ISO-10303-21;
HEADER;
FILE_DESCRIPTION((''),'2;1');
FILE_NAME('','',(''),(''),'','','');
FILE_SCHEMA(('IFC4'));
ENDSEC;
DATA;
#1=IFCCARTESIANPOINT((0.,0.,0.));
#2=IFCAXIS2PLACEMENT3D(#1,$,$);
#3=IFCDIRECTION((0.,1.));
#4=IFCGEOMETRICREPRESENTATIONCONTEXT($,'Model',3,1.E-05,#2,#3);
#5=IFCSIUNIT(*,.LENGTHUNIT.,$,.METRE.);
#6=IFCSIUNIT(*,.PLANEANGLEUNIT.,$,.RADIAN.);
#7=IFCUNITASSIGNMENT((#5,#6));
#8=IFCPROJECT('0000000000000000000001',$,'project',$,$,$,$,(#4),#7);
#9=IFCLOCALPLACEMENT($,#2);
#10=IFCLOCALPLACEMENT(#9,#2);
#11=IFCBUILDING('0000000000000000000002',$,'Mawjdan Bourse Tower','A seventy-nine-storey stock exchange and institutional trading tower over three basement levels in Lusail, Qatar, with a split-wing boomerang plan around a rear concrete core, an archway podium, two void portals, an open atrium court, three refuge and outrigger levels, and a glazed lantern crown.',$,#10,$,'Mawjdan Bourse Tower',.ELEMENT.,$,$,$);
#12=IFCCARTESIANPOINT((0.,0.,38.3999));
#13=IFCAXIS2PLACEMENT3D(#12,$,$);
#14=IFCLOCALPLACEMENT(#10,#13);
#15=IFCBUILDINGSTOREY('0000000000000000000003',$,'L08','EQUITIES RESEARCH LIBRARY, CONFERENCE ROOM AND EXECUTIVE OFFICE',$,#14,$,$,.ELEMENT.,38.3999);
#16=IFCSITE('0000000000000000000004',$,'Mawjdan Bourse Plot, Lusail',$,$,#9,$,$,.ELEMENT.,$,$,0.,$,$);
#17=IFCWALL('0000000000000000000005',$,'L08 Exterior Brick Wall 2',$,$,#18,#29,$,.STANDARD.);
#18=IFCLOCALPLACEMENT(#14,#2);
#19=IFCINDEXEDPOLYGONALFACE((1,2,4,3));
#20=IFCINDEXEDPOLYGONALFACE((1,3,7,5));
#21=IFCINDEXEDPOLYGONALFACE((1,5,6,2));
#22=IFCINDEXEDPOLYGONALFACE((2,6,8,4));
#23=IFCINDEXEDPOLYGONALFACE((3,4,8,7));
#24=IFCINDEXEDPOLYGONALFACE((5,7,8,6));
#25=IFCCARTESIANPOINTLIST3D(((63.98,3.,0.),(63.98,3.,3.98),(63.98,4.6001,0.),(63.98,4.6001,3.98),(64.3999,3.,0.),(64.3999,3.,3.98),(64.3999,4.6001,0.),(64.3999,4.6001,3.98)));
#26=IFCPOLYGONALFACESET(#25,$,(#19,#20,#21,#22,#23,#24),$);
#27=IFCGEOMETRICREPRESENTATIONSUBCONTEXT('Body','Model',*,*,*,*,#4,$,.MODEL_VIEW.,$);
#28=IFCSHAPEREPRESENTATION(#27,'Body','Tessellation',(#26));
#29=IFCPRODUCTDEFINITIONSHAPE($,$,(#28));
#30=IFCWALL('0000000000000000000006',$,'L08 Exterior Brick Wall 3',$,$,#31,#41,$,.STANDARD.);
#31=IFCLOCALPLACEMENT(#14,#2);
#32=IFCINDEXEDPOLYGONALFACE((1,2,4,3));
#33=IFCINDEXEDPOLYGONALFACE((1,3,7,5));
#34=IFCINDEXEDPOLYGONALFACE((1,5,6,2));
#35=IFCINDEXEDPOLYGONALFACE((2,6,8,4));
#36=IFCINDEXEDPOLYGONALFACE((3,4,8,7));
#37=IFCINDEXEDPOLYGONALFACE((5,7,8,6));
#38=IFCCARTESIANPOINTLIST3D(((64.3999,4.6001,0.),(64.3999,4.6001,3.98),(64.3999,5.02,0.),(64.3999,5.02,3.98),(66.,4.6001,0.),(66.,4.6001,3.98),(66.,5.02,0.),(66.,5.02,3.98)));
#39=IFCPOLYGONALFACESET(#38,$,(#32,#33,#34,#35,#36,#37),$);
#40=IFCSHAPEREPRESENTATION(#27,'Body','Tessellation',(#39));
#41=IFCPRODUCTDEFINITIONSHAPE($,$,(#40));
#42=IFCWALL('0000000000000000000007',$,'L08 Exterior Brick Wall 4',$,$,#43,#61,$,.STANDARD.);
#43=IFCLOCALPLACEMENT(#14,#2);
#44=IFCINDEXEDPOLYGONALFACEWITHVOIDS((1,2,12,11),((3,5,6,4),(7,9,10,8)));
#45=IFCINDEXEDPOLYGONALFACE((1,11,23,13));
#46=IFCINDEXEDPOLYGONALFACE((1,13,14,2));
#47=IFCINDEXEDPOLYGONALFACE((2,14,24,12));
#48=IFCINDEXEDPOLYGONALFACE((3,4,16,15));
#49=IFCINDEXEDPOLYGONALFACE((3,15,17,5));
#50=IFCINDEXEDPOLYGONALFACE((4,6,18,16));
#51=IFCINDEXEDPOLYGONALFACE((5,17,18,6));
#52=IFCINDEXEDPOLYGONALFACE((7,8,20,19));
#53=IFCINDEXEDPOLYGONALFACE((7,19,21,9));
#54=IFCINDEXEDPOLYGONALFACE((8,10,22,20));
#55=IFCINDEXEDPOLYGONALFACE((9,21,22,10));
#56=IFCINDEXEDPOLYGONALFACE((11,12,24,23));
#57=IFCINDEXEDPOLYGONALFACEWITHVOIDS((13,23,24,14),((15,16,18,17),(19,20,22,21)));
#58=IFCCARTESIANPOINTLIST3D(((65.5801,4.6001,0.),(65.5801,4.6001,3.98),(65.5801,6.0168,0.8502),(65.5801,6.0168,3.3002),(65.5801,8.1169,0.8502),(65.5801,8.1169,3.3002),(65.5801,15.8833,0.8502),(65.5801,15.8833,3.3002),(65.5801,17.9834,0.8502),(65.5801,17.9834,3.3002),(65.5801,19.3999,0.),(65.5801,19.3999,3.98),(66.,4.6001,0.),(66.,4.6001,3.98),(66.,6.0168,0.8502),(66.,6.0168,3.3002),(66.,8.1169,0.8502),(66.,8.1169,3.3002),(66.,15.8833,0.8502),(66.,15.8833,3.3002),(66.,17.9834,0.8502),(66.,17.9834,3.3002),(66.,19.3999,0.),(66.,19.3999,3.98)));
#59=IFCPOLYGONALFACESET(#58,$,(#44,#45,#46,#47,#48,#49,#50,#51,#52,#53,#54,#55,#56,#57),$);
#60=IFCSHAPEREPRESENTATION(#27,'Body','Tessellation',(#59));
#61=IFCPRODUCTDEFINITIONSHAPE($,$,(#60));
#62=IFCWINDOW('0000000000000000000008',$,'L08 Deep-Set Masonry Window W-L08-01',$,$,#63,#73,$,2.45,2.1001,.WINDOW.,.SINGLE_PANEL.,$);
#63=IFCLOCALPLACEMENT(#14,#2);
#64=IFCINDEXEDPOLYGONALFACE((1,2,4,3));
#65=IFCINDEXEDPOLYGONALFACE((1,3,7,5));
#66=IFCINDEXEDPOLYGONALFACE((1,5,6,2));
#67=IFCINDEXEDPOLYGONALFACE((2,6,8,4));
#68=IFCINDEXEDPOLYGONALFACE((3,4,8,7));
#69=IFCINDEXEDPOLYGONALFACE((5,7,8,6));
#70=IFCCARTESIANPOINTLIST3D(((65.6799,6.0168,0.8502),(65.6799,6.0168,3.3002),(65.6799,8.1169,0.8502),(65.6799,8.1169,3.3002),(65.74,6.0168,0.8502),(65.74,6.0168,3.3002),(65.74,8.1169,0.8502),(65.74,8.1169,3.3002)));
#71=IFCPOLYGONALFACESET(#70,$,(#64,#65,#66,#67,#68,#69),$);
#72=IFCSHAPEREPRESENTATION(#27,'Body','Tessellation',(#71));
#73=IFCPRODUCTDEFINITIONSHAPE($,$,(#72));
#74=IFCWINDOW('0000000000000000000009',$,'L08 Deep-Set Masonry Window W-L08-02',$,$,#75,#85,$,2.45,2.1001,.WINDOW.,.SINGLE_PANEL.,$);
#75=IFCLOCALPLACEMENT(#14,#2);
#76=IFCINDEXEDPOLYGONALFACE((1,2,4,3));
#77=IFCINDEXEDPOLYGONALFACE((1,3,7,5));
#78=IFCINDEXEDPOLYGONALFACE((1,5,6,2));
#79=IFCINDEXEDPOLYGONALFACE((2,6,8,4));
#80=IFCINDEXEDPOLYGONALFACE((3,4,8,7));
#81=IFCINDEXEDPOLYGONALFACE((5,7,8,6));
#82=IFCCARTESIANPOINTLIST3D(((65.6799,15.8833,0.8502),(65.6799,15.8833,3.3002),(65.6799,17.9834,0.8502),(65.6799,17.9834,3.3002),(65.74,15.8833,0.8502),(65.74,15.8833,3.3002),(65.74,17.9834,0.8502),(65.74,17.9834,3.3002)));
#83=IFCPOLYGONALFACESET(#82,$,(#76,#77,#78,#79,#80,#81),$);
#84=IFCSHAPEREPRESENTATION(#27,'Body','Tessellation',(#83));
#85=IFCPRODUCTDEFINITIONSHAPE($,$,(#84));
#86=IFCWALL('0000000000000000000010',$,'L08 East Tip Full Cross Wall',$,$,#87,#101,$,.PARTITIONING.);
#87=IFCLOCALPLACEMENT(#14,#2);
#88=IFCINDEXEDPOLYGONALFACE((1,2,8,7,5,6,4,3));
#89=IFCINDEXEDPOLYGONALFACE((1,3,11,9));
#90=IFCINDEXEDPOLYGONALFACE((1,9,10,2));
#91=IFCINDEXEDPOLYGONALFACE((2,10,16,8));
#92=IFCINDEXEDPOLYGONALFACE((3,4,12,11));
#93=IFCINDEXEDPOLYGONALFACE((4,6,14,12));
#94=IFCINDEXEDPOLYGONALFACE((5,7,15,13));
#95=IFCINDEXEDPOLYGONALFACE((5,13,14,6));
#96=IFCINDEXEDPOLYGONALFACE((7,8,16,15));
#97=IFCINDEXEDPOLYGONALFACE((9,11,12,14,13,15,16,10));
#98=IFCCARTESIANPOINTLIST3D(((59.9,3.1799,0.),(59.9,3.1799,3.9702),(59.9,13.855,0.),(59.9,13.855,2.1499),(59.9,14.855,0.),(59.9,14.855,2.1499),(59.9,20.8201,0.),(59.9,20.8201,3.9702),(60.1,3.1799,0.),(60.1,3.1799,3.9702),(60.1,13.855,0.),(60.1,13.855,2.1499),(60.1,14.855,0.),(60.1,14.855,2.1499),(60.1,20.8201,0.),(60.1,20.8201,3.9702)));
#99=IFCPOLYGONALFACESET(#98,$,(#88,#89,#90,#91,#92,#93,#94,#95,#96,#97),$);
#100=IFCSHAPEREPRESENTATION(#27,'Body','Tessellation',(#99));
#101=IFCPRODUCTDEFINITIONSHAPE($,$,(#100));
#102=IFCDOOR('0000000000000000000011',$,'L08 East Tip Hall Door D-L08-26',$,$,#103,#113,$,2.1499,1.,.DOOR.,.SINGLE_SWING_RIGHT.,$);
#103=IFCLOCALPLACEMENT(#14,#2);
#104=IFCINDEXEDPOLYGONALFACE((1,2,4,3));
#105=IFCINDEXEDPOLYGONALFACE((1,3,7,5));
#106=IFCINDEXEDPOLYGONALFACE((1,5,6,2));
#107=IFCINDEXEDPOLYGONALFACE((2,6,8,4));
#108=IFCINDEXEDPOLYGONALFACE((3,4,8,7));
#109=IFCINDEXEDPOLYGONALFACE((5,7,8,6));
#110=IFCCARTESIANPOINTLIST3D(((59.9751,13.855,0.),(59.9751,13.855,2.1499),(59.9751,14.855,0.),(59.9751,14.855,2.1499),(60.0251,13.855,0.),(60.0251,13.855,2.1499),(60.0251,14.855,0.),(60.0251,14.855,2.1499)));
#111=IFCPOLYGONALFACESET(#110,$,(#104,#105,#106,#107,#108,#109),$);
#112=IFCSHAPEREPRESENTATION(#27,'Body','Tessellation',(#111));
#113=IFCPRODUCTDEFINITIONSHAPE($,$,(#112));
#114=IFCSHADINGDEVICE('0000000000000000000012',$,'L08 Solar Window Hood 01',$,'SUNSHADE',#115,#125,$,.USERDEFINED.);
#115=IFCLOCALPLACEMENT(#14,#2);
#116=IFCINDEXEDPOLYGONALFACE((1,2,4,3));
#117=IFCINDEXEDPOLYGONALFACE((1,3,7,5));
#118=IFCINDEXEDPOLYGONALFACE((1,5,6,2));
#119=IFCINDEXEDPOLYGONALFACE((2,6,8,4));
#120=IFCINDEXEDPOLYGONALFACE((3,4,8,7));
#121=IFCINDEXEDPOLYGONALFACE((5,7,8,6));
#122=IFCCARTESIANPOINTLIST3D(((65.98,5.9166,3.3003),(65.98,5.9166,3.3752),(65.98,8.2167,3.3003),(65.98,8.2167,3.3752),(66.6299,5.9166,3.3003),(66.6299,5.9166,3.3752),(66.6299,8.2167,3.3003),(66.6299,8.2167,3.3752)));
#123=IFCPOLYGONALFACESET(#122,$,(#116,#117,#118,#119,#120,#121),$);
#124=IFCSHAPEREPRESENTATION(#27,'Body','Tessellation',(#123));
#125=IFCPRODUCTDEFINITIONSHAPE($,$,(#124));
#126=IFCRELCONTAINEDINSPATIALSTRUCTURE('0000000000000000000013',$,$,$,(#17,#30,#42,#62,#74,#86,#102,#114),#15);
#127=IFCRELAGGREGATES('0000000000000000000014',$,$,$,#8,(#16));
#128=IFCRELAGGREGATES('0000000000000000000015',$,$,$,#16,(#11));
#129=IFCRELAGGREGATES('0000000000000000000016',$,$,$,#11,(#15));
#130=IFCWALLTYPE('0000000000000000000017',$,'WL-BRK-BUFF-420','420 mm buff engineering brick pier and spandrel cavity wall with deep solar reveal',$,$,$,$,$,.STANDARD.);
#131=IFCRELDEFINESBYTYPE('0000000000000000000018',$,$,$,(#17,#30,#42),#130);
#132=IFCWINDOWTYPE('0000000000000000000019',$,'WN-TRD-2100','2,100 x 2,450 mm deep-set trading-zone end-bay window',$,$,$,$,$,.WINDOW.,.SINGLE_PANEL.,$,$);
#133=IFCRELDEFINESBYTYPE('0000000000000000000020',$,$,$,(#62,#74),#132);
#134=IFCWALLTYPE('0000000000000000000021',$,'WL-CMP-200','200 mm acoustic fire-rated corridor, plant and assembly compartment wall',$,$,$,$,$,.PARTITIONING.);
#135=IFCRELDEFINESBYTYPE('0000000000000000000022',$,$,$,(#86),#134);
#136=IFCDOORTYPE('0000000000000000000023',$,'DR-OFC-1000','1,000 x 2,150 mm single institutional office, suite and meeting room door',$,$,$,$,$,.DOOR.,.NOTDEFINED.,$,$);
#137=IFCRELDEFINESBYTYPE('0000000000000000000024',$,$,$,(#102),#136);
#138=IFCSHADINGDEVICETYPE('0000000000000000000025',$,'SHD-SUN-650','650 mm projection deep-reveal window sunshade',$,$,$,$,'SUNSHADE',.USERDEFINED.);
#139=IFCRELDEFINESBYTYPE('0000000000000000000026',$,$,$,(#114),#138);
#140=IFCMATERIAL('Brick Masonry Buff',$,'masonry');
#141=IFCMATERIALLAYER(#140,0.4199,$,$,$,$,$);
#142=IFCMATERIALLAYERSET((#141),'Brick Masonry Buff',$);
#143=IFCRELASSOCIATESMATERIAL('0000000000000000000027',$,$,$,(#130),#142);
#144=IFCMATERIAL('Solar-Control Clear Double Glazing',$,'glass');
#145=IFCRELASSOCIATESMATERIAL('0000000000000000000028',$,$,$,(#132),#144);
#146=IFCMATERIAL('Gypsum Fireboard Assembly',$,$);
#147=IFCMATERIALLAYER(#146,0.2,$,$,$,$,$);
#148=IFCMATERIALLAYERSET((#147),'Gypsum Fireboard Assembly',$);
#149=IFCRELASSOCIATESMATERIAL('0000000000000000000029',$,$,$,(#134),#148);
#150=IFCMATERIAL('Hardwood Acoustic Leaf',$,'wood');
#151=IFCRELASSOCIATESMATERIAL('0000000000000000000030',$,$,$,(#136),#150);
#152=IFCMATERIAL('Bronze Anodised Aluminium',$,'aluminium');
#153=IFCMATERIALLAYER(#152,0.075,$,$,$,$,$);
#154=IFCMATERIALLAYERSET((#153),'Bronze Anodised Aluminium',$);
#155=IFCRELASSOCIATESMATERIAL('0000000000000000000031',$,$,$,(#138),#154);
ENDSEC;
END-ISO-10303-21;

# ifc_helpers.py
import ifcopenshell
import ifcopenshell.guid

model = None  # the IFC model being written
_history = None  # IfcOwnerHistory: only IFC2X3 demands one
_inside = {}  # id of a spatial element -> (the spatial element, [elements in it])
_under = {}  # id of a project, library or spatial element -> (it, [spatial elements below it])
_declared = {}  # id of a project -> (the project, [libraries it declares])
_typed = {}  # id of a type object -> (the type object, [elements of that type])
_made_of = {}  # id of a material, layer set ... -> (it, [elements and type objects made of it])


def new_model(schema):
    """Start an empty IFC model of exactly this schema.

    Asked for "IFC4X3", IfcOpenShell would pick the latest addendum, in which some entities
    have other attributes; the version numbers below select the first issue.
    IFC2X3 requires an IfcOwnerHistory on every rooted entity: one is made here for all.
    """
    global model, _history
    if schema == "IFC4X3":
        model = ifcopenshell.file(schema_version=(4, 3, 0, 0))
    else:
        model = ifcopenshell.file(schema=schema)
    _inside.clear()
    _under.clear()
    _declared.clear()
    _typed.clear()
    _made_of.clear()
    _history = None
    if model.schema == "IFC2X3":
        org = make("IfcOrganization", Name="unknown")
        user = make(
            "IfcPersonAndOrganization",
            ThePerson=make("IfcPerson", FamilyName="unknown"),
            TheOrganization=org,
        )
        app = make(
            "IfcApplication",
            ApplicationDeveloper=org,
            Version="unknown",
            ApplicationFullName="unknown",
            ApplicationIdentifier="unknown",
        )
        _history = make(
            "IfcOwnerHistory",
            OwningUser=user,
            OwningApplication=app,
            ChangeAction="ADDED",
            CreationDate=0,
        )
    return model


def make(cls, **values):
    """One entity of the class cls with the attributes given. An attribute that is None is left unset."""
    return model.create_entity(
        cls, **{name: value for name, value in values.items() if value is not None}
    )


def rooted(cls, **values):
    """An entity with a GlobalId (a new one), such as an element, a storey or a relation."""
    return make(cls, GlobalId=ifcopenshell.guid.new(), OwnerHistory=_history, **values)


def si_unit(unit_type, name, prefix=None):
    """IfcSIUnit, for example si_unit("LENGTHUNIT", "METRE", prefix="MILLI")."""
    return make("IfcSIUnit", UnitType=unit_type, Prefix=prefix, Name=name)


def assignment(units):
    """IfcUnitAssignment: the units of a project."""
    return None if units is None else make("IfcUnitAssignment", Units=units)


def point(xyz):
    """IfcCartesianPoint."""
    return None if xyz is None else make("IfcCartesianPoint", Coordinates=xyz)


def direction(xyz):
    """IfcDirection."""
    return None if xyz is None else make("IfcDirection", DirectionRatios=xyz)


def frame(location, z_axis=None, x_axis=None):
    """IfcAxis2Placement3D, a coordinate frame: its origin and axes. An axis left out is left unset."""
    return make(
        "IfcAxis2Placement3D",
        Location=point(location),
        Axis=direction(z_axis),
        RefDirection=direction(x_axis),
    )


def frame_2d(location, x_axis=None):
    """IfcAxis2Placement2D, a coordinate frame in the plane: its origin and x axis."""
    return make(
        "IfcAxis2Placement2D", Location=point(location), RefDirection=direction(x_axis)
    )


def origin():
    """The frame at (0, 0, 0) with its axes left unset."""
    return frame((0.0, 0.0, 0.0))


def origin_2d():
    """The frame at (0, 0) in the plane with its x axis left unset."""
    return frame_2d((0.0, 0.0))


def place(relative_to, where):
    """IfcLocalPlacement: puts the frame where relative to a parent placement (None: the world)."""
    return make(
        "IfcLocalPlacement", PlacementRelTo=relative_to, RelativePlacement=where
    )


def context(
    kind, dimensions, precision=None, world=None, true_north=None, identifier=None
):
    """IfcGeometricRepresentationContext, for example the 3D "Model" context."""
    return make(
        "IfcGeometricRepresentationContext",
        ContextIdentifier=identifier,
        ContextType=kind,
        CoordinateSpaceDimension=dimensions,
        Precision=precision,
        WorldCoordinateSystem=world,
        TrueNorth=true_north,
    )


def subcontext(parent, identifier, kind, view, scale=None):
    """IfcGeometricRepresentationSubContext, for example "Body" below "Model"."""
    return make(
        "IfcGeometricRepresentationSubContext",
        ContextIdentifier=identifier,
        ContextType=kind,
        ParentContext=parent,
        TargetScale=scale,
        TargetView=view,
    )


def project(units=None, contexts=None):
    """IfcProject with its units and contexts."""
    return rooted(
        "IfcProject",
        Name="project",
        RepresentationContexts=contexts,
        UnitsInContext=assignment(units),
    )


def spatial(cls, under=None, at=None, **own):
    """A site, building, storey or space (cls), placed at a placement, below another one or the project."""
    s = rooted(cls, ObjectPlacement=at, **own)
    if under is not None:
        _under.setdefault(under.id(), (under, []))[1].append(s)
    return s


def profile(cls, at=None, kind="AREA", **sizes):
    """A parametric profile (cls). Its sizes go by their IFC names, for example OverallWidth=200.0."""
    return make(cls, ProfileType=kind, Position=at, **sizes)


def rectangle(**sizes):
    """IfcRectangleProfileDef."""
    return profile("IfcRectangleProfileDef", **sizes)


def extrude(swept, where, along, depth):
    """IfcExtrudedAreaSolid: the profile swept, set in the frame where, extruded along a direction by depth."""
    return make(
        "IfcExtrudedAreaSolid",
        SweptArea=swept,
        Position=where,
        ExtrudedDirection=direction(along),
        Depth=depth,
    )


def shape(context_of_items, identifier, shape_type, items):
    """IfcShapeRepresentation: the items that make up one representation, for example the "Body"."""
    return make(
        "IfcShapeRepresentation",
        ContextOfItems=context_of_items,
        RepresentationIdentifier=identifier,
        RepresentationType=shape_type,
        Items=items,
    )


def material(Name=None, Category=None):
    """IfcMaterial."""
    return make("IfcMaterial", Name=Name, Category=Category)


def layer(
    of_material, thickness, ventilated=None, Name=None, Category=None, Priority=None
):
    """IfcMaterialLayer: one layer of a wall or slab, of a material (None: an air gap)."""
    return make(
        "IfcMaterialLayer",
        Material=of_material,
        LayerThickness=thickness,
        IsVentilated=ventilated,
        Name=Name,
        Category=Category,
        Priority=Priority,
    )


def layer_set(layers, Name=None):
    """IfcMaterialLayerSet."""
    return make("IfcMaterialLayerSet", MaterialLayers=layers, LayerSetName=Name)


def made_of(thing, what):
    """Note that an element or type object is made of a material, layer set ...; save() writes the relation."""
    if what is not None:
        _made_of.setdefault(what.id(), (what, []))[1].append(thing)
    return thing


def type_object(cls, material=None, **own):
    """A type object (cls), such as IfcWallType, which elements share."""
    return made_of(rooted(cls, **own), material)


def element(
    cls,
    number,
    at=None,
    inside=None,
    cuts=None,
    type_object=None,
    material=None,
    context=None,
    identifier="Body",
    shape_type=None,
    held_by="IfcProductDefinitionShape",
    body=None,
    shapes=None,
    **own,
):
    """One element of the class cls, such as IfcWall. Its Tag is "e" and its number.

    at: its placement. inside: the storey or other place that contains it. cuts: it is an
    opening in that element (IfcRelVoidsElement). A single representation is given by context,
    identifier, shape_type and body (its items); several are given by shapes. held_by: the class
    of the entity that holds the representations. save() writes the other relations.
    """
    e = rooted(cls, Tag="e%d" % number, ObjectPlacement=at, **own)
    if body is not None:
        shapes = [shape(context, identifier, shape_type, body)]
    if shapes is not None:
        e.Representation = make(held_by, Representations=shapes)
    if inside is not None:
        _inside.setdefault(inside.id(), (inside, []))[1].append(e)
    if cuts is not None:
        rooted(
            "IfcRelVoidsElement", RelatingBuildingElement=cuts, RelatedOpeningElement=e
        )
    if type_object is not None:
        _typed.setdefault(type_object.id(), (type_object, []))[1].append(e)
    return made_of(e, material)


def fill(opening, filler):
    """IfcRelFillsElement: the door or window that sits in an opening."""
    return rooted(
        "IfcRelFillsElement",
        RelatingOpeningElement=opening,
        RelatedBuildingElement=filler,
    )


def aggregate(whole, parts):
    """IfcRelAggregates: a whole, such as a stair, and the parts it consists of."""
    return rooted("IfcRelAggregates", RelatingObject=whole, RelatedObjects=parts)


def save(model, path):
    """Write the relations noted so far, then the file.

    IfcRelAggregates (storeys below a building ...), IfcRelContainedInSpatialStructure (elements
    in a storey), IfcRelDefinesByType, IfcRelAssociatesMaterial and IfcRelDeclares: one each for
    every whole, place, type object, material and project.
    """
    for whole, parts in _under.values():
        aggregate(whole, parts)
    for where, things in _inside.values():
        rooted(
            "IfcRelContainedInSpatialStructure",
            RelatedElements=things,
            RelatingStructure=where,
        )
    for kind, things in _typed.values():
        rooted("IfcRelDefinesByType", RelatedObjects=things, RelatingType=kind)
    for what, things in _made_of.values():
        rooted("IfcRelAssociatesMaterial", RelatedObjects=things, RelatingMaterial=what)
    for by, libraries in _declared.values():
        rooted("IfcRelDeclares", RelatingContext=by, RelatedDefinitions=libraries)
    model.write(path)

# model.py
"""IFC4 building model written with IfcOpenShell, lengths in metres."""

from ifc_helpers import new_model, si_unit, direction, frame, frame_2d, origin, origin_2d, place, context, subcontext, project, spatial, rectangle, extrude, material, layer, layer_set, type_object, element, fill, save


model = new_model("IFC4")

# Units and contexts
model_context = context("Model", 3, precision=1e-05, world=origin(), true_north=direction((0.0, 1.0)))
body_context = subcontext(model_context, "Body", "Model", "MODEL_VIEW")
ifc_project = project(units=[si_unit("LENGTHUNIT", "METRE"), si_unit("PLANEANGLEUNIT", "RADIAN")], contexts=[model_context])

# Site, building, storey
site_placement = place(None, origin())
site = spatial("IfcSite", under=ifc_project, at=site_placement, Name="Mawjdan Bourse Plot, Lusail", CompositionType="ELEMENT", RefElevation=0.0)
building_placement = place(site_placement, origin())
building = spatial("IfcBuilding", under=site, at=building_placement, Name="Mawjdan Bourse Tower", Description="A seventy-nine-storey stock exchange and institutional trading tower over three basement levels in Lusail, Qatar, with a split-wing boomerang plan around a rear concrete core, an archway podium, two void portals, an open atrium court, three refuge and outrigger levels, and a glazed lantern crown.", LongName="Mawjdan Bourse Tower", CompositionType="ELEMENT")
storey_placement = place(building_placement, frame((0.0, 0.0, 38.3999)))
storey = spatial("IfcBuildingStorey", under=building, at=storey_placement, Name="L08", Description="EQUITIES RESEARCH LIBRARY, CONFERENCE ROOM AND EXECUTIVE OFFICE", CompositionType="ELEMENT", Elevation=38.3999)

# Walls
ifc_material_1 = material(Name="Brick Masonry Buff", Category="masonry")
ifc_layer_1 = layer(ifc_material_1, 0.4199)
ifc_layer_set_1 = layer_set([ifc_layer_1], Name="Brick Masonry Buff")
wall_type_1 = type_object("IfcWallType", Name="WL-BRK-BUFF-420", Description="420 mm buff engineering brick pier and spandrel cavity wall with deep solar reveal", PredefinedType="STANDARD", material=ifc_layer_set_1)
for number, where, z_axis, x_axis, name in (
    (1, (64.1899, 3.0, 0.0), (0.0, 0.0, 1.0), (0.0, 1.0, 0.0), "L08 Exterior Brick Wall 2"),
    (2, (64.3999, 4.8101, 0.0), (0.0, 0.0, 1.0), (1.0, 0.0, 0.0), "L08 Exterior Brick Wall 3"),
):
    element("IfcWall", number, at=place(storey_placement, frame(where, z_axis=z_axis, x_axis=x_axis)), inside=storey, type_object=wall_type_1, Name=name, PredefinedType="STANDARD", context=body_context, shape_type="SweptSolid", body=[
        extrude(rectangle(XDim=1.6001, YDim=0.4199, at=frame_2d((0.8, 0.0))), origin(), (0.0, 0.0, 1.0), 3.98),
    ])

# Wall, openings, windows
wall_1_placement = place(storey_placement, frame((65.79, 4.6001, 0.0), z_axis=(0.0, 0.0, 1.0), x_axis=(0.0, 1.0, 0.0)))
wall_1 = element("IfcWall", 3, at=wall_1_placement, inside=storey, type_object=wall_type_1, Name="L08 Exterior Brick Wall 4", PredefinedType="STANDARD", context=body_context, shape_type="SweptSolid", body=[
    extrude(rectangle(XDim=14.7998, YDim=0.4199, at=frame_2d((7.3999, 0.0))), origin(), (0.0, 0.0, 1.0), 3.98),
])
opening_1_placement = place(wall_1_placement, frame((1.4167, 0.0, 0.8501)))
opening_1 = element("IfcOpeningElement", 4, at=opening_1_placement, cuts=wall_1, PredefinedType="OPENING", context=body_context, shape_type="SweptSolid", body=[
    extrude(rectangle(XDim=2.1001, YDim=2.45, at=frame_2d((1.05, 1.2251))), frame((0.0, 0.22, 0.0), z_axis=(0.0, -1.0, 0.0), x_axis=(1.0, 0.0, 0.0)), (0.0, 0.0, 1.0), 0.4399),
])
opening_2_placement = place(wall_1_placement, frame((11.2832, 0.0, 0.8501)))
opening_2 = element("IfcOpeningElement", 5, at=opening_2_placement, cuts=wall_1, PredefinedType="OPENING", context=body_context, shape_type="SweptSolid", body=[
    extrude(rectangle(XDim=2.1001, YDim=2.45, at=frame_2d((1.05, 1.2251))), frame((0.0, 0.22, 0.0), z_axis=(0.0, -1.0, 0.0), x_axis=(1.0, 0.0, 0.0)), (0.0, 0.0, 1.0), 0.4399),
])
ifc_material_2 = material(Name="Solar-Control Clear Double Glazing", Category="glass")
window_type = type_object("IfcWindowType", Name="WN-TRD-2100", Description="2,100 x 2,450 mm deep-set trading-zone end-bay window", PartitioningType="SINGLE_PANEL", PredefinedType="WINDOW", material=ifc_material_2)
window_1_placement = place(opening_1_placement, origin())
window_1 = element("IfcWindow", 6, at=window_1_placement, inside=storey, type_object=window_type, Name="L08 Deep-Set Masonry Window W-L08-01", OverallHeight=2.45, OverallWidth=2.1001, PartitioningType="SINGLE_PANEL", PredefinedType="WINDOW", context=body_context, shape_type="SweptSolid", body=[
    extrude(rectangle(XDim=2.1001, YDim=2.45, at=frame_2d((1.05, 1.2251))), frame((0.0, 0.1101, 0.0), z_axis=(0.0, -1.0, 0.0), x_axis=(1.0, 0.0, 0.0)), (0.0, 0.0, 1.0), 0.0601),
])
fill(opening_1, window_1)
window_2_placement = place(opening_2_placement, origin())
window_2 = element("IfcWindow", 7, at=window_2_placement, inside=storey, type_object=window_type, Name="L08 Deep-Set Masonry Window W-L08-02", OverallHeight=2.45, OverallWidth=2.1001, PartitioningType="SINGLE_PANEL", PredefinedType="WINDOW", context=body_context, shape_type="SweptSolid", body=[
    extrude(rectangle(XDim=2.1001, YDim=2.45, at=frame_2d((1.05, 1.2251))), frame((0.0, 0.1101, 0.0), z_axis=(0.0, -1.0, 0.0), x_axis=(1.0, 0.0, 0.0)), (0.0, 0.0, 1.0), 0.0601),
])
fill(opening_2, window_2)

# Wall, opening, door
ifc_material_3 = material(Name="Gypsum Fireboard Assembly")
ifc_layer_2 = layer(ifc_material_3, 0.2)
ifc_layer_set_2 = layer_set([ifc_layer_2], Name="Gypsum Fireboard Assembly")
wall_type_2 = type_object("IfcWallType", Name="WL-CMP-200", Description="200 mm acoustic fire-rated corridor, plant and assembly compartment wall", PredefinedType="PARTITIONING", material=ifc_layer_set_2)
wall_2_placement = place(storey_placement, frame((60.0, 3.1799, 0.0), z_axis=(0.0, 0.0, 1.0), x_axis=(0.0, 1.0, 0.0)))
wall_2 = element("IfcWall", 8, at=wall_2_placement, inside=storey, type_object=wall_type_2, Name="L08 East Tip Full Cross Wall", PredefinedType="PARTITIONING", context=body_context, shape_type="SweptSolid", body=[
    extrude(rectangle(XDim=17.6401, YDim=0.2, at=frame_2d((8.8201, 0.0))), origin(), (0.0, 0.0, 1.0), 3.9702),
])
opening_3_placement = place(wall_2_placement, frame((10.675, 0.0, 0.0)))
opening_3 = element("IfcOpeningElement", 9, at=opening_3_placement, cuts=wall_2, PredefinedType="OPENING", context=body_context, shape_type="SweptSolid", body=[
    extrude(rectangle(XDim=1.0, YDim=2.1499, at=frame_2d((0.5, 1.075))), frame((0.0, 0.1099, 0.0), z_axis=(0.0, -1.0, 0.0), x_axis=(1.0, 0.0, 0.0)), (0.0, 0.0, 1.0), 0.22),
])
ifc_material_4 = material(Name="Hardwood Acoustic Leaf", Category="wood")
door_type = type_object("IfcDoorType", Name="DR-OFC-1000", Description="1,000 x 2,150 mm single institutional office, suite and meeting room door", OperationType="NOTDEFINED", PredefinedType="DOOR", material=ifc_material_4)
door_placement = place(opening_3_placement, origin())
door = element("IfcDoor", 10, at=door_placement, inside=storey, type_object=door_type, Name="L08 East Tip Hall Door D-L08-26", OperationType="SINGLE_SWING_RIGHT", OverallHeight=2.1499, OverallWidth=1.0, PredefinedType="DOOR", context=body_context, shape_type="SweptSolid", body=[
    extrude(rectangle(XDim=1.0, YDim=2.1499, at=frame_2d((0.5, 1.075))), frame((0.0, 0.0249, 0.0), z_axis=(0.0, -1.0, 0.0), x_axis=(1.0, 0.0, 0.0)), (0.0, 0.0, 1.0), 0.05),
])
fill(opening_3, door)

# Shading device
ifc_material_5 = material(Name="Bronze Anodised Aluminium", Category="aluminium")
ifc_layer_3 = layer(ifc_material_5, 0.075)
ifc_layer_set_3 = layer_set([ifc_layer_3], Name="Bronze Anodised Aluminium")
shading_device_type = type_object("IfcShadingDeviceType", Name="SHD-SUN-650", Description="650 mm projection deep-reveal window sunshade", ElementType="SUNSHADE", PredefinedType="USERDEFINED", material=ifc_layer_set_3)
shading_device_placement = place(storey_placement, frame((66.3049, 7.0667, 3.3003), z_axis=(0.0, 0.0, 1.0), x_axis=(0.0, 1.0, 0.0)))
element("IfcShadingDevice", 11, at=shading_device_placement, inside=storey, type_object=shading_device_type, Name="L08 Solar Window Hood 01", ObjectType="SUNSHADE", PredefinedType="USERDEFINED", context=body_context, shape_type="SweptSolid", body=[
    extrude(rectangle(XDim=2.3, YDim=0.6499, at=origin_2d()), origin(), (0.0, 0.0, 1.0), 0.075),
])

save(model, "model.ifc")
